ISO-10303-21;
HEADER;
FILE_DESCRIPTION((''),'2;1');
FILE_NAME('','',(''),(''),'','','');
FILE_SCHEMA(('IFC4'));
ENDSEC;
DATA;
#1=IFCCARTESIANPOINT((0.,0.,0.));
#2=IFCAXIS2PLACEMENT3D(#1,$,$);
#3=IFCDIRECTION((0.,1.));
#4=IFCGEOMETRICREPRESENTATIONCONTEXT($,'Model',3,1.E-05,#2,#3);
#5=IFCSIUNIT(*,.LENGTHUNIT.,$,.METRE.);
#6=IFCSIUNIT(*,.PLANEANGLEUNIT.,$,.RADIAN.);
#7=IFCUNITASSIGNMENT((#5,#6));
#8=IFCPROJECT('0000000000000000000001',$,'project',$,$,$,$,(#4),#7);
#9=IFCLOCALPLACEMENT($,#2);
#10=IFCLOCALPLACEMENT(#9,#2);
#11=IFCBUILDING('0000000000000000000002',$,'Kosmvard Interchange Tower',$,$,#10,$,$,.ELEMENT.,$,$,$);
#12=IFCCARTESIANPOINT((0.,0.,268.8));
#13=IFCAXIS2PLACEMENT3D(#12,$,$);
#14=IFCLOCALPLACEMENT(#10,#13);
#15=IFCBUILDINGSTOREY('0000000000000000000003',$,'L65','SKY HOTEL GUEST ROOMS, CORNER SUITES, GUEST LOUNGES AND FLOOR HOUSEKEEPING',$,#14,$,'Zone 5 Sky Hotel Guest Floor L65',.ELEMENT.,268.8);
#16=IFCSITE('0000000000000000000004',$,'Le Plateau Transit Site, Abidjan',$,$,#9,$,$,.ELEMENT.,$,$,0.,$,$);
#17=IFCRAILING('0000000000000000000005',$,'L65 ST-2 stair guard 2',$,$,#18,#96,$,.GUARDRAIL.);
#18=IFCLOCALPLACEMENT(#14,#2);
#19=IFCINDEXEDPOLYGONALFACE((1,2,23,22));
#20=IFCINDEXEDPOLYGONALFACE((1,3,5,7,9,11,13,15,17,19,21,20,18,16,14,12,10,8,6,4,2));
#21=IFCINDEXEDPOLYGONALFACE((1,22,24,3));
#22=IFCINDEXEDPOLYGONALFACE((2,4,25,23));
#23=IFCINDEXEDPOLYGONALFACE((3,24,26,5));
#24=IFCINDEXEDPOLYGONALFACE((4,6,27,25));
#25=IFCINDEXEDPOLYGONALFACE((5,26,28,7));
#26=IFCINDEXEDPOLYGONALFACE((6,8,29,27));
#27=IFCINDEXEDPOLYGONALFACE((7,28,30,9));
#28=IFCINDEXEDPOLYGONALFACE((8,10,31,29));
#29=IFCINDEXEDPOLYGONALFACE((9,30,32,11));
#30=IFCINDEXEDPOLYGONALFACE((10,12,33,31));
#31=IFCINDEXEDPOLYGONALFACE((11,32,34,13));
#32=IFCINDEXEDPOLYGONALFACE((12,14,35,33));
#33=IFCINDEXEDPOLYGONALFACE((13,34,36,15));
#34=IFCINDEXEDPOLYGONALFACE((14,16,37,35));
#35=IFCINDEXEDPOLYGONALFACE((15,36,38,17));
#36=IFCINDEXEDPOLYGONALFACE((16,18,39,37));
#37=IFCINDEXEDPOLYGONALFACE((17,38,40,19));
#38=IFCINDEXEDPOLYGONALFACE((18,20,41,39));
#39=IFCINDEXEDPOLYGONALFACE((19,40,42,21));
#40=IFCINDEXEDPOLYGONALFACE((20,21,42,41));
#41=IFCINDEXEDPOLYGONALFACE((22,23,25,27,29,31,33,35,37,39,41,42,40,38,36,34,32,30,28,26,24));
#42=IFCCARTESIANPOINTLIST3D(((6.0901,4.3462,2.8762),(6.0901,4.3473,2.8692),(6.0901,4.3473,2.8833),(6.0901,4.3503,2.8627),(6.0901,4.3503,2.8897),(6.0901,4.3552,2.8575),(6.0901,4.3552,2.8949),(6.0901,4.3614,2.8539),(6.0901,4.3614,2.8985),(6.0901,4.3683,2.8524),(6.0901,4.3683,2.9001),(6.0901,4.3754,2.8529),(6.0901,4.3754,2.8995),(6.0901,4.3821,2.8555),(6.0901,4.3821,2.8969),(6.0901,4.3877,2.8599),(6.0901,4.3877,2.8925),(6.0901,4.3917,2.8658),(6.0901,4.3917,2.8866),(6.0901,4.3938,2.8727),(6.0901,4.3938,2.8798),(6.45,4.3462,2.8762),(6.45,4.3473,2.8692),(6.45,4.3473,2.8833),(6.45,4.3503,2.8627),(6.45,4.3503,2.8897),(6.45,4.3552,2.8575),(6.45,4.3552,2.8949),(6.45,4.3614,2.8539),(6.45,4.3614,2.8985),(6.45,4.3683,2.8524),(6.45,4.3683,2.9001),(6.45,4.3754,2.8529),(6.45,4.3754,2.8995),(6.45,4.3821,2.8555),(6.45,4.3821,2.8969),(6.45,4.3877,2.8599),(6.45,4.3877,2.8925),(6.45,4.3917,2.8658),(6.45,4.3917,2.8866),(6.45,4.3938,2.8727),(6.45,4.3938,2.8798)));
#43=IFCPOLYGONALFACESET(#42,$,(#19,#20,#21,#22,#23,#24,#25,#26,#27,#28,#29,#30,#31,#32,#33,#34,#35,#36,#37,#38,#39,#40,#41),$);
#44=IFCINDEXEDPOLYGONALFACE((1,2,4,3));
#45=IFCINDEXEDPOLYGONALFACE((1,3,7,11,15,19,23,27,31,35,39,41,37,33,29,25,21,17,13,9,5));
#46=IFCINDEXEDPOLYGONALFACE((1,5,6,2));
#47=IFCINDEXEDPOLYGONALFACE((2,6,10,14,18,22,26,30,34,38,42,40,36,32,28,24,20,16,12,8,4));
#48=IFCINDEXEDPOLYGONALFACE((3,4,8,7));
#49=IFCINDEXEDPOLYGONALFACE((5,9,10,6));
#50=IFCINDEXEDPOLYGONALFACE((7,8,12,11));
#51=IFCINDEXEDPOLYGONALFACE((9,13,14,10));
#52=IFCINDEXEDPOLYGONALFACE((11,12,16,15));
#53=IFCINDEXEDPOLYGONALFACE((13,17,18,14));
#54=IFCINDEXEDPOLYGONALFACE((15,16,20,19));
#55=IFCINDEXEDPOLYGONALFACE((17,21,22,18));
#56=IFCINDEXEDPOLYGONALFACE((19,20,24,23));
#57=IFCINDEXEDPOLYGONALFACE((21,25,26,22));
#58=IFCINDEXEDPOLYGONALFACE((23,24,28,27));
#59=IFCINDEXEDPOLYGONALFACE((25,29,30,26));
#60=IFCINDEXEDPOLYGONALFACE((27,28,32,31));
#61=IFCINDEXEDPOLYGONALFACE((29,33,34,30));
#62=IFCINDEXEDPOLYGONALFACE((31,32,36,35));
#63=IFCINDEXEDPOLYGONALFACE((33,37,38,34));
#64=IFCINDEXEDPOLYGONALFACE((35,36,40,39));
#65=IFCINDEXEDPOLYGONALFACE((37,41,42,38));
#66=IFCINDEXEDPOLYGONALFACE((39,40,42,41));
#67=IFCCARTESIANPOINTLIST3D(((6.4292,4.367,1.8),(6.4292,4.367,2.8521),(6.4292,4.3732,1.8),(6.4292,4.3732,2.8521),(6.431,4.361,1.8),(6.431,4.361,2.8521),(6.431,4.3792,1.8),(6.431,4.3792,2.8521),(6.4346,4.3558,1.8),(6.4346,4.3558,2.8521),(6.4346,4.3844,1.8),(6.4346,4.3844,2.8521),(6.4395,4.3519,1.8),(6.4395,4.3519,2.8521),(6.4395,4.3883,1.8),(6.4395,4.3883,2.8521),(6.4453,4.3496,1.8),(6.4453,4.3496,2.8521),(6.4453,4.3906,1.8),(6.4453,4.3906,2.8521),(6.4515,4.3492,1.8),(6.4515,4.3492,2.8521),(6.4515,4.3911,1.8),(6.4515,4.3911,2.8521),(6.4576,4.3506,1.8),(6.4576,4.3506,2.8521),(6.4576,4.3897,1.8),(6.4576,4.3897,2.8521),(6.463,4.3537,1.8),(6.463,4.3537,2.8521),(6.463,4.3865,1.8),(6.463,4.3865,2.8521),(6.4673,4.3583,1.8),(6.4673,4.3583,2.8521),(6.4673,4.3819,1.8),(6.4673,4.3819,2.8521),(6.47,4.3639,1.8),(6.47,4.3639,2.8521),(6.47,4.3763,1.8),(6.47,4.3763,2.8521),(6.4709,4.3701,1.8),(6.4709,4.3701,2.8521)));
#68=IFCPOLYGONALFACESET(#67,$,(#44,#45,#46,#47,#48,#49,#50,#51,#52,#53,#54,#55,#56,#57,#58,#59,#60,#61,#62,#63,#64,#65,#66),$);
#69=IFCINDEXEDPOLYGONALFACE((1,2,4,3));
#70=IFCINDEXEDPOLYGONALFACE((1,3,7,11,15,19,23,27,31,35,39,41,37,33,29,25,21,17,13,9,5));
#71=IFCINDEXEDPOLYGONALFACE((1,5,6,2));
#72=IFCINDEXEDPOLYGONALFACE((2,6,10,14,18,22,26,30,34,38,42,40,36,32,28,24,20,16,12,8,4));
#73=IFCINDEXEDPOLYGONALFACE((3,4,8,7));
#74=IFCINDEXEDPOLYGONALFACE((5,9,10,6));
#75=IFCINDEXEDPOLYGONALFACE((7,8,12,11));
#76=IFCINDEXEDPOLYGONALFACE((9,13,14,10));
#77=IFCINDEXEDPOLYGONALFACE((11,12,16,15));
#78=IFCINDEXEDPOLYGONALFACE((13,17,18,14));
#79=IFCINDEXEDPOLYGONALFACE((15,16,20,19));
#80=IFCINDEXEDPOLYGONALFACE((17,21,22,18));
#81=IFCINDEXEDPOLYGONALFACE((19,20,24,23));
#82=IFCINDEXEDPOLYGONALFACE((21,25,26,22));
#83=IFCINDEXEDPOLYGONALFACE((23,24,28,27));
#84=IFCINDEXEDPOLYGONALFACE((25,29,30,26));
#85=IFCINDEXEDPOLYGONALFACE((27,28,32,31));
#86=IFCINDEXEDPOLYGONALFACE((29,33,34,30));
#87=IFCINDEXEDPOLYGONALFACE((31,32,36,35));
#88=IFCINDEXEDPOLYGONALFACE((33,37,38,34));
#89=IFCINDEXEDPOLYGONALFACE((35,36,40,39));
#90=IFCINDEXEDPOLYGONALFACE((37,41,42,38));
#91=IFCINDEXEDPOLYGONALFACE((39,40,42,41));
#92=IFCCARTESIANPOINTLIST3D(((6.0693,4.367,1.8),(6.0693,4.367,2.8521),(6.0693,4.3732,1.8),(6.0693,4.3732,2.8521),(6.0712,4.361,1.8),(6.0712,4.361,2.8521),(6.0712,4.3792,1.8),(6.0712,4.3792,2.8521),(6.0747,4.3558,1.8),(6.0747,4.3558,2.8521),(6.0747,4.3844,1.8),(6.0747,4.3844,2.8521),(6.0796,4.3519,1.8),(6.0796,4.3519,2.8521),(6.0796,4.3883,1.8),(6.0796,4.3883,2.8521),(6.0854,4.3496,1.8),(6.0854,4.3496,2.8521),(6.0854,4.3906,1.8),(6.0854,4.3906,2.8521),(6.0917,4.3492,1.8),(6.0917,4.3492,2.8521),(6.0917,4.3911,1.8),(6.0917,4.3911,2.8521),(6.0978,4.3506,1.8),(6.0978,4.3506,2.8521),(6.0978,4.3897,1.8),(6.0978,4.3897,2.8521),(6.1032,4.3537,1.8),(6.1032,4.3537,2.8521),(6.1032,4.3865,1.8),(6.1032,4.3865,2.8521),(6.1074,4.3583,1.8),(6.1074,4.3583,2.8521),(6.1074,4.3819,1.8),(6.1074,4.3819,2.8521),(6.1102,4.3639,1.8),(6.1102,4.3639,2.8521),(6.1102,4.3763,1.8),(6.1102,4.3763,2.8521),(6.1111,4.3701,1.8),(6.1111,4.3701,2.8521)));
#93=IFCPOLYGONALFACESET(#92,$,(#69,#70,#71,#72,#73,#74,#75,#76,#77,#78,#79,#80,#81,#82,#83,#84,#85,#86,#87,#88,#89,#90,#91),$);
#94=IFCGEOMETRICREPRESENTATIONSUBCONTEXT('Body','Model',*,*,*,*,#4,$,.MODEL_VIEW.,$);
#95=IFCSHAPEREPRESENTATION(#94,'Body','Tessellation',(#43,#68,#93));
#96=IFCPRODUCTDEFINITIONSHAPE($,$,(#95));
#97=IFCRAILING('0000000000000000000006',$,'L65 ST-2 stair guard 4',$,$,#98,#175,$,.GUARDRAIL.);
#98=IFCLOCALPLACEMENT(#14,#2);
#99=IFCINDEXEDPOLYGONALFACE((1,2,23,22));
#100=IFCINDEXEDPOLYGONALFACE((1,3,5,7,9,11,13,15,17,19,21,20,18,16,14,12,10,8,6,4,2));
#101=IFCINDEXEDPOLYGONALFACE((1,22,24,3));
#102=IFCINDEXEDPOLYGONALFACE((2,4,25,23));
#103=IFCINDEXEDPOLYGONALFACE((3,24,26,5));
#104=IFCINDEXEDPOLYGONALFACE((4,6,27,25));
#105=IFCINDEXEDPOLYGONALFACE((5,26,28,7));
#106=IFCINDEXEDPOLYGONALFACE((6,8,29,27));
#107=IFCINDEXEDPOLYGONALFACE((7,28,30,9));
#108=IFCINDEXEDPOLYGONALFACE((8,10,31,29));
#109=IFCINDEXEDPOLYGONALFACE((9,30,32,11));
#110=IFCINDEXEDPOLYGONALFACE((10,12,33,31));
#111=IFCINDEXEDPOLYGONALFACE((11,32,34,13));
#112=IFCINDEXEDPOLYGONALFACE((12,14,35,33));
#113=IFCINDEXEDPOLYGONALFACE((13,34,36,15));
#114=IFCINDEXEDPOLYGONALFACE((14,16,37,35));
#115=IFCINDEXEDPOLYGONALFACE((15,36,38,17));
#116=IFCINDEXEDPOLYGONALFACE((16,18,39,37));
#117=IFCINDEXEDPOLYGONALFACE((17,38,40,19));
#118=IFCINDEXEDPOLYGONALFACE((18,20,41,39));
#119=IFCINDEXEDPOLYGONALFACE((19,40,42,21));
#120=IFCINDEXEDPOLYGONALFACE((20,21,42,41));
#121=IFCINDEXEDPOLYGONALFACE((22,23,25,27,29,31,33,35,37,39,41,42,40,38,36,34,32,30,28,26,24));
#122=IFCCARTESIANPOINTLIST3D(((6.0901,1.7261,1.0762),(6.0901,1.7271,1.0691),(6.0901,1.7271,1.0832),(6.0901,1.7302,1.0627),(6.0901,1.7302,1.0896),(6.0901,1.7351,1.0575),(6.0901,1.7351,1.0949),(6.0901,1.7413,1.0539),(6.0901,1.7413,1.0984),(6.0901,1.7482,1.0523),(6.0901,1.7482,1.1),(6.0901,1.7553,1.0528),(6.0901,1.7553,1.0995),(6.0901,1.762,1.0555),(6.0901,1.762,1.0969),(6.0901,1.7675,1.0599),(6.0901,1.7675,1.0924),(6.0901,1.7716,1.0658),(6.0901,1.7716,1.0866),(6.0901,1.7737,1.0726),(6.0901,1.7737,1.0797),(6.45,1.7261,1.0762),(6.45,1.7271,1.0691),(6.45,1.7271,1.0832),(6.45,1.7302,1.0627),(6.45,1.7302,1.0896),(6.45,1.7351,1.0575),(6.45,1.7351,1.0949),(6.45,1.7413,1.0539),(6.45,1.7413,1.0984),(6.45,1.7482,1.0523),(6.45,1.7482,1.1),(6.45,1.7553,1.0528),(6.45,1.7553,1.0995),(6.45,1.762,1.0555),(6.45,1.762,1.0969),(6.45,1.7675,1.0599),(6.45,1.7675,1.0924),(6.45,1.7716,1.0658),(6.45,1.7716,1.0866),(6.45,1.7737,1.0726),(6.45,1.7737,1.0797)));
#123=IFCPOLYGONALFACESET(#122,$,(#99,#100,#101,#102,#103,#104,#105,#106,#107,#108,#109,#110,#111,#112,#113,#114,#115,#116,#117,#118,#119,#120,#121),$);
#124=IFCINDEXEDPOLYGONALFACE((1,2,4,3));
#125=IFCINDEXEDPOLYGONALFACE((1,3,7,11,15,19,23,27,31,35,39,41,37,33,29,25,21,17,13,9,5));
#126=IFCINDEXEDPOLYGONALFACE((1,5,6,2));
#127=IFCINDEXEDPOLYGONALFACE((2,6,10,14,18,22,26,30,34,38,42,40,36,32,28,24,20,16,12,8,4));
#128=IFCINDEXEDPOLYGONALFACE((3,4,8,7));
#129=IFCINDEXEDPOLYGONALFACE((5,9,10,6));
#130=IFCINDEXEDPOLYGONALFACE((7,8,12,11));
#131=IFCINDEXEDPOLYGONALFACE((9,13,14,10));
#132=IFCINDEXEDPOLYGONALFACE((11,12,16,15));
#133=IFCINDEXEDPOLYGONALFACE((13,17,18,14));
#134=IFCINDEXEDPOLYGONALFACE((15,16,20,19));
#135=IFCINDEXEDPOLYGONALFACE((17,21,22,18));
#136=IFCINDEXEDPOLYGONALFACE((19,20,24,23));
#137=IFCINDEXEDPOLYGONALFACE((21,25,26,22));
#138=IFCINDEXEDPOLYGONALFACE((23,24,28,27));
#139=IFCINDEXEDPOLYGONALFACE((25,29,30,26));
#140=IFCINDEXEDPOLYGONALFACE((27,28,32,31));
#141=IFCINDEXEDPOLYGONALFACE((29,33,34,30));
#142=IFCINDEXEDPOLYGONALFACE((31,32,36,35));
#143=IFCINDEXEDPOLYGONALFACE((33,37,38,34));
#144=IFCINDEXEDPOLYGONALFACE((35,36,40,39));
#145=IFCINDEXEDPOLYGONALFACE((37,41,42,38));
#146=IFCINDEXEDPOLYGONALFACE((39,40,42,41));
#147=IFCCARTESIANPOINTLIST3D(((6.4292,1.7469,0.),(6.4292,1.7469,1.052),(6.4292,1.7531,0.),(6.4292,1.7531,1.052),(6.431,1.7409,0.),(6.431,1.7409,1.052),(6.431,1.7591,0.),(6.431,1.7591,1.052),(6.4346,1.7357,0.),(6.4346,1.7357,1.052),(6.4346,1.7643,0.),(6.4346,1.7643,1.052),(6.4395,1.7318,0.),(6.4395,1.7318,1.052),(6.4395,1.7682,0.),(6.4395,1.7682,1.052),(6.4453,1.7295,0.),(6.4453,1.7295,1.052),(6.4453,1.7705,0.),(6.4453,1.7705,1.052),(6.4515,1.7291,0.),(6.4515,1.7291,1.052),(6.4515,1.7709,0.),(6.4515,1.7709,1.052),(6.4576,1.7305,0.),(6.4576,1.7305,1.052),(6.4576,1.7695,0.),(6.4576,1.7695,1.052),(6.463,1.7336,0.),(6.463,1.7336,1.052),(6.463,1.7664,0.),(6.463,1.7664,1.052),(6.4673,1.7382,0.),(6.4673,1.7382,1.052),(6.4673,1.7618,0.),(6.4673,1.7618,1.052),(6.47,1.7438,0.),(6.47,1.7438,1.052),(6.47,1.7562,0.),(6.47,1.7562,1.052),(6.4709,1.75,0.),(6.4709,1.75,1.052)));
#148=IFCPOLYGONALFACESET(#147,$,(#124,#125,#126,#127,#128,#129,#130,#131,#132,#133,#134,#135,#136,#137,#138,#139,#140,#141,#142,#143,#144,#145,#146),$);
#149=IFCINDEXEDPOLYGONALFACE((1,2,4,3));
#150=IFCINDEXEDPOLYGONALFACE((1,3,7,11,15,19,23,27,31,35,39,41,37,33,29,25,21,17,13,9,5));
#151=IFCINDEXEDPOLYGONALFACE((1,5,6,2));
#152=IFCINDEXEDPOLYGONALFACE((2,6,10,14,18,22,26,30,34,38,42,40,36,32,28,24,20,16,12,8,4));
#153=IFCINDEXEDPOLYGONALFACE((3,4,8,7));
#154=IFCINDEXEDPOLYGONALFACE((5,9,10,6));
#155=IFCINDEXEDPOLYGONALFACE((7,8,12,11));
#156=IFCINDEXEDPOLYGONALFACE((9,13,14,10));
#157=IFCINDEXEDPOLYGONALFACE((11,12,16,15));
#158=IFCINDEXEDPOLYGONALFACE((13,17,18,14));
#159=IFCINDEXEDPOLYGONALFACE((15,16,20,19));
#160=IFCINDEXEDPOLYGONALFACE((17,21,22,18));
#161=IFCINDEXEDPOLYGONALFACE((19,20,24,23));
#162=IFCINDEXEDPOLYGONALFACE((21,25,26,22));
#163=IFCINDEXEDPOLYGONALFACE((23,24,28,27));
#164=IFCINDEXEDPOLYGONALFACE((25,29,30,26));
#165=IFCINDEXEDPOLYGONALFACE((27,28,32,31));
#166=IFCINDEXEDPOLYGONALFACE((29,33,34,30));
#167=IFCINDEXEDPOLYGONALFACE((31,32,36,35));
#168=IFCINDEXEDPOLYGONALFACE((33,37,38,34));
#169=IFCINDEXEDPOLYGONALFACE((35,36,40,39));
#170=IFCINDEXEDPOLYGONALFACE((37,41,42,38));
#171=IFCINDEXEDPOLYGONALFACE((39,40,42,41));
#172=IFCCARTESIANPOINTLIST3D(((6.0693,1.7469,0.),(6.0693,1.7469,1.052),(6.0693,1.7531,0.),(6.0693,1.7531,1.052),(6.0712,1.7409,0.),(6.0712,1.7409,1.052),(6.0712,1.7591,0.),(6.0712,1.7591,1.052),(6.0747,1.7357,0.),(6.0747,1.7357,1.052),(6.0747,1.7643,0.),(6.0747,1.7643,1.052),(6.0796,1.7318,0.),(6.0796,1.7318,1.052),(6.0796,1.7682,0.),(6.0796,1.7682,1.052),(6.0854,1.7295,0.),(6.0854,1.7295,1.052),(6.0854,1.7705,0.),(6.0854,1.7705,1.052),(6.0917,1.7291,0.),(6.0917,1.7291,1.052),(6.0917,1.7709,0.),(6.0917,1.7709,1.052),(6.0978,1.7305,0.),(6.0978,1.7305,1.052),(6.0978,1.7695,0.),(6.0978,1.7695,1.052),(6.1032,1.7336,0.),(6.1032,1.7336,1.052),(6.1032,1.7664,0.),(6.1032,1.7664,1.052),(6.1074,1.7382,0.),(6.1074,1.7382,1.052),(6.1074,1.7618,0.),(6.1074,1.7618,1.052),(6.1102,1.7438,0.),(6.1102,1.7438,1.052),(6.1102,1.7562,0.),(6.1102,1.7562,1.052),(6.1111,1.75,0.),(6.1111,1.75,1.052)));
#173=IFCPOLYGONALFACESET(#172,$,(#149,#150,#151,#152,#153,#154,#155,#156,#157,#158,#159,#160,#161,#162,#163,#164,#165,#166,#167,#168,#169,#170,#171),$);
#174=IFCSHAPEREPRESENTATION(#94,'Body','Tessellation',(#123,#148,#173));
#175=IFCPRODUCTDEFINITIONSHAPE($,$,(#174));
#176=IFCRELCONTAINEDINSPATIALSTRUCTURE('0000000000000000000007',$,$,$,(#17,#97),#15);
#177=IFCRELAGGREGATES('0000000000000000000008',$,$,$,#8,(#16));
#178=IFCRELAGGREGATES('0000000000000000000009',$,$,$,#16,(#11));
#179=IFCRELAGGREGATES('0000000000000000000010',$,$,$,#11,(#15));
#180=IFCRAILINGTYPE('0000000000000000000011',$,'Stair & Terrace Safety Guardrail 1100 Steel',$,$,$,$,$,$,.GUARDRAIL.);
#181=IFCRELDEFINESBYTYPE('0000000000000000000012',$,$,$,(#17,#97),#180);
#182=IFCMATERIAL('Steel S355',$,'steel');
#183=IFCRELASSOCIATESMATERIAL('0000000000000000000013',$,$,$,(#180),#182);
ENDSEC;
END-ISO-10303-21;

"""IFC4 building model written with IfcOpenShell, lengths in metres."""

from ifc_helpers import new_model, si_unit, direction, frame, origin, origin_2d, place, context, subcontext, project, spatial, circle, extrude, source, transform, mapped, material, type_object, element, save


model = new_model("IFC4")

# Units and contexts
model_context = context("Model", 3, precision=1e-05, world=origin(), true_north=direction((0.0, 1.0)))
body_context = subcontext(model_context, "Body", "Model", "MODEL_VIEW")
ifc_project = project(units=[si_unit("LENGTHUNIT", "METRE"), si_unit("PLANEANGLEUNIT", "RADIAN")], contexts=[model_context])

# Site, building, storey
site_placement = place(None, origin())
site = spatial("IfcSite", under=ifc_project, at=site_placement, Name="Le Plateau Transit Site, Abidjan", CompositionType="ELEMENT", RefElevation=0.0)
building_placement = place(site_placement, origin())
building = spatial("IfcBuilding", under=site, at=building_placement, Name="Kosmvard Interchange Tower", CompositionType="ELEMENT")
storey_placement = place(building_placement, frame((0.0, 0.0, 268.8)))
storey = spatial("IfcBuildingStorey", under=building, at=storey_placement, Name="L65", Description="SKY HOTEL GUEST ROOMS, CORNER SUITES, GUEST LOUNGES AND FLOOR HOUSEKEEPING", LongName="Zone 5 Sky Hotel Guest Floor L65", CompositionType="ELEMENT", Elevation=268.8)

# Shared definitions
ifc_material_1 = material(Name="Steel S355", Category="steel")

# Railings
railing_type_1 = type_object("IfcRailingType", Name="Stair & Terrace Safety Guardrail 1100 Steel", PredefinedType="GUARDRAIL", material=ifc_material_1)
shared_shape_1 = source(origin(), body_context, "Body", "SweptSolid", [
    extrude(circle(Radius=0.0239, at=origin_2d()), frame((0.0, 0.0, 1.0762), z_axis=(-1.0, 0.0, 0.0), x_axis=(0.0, -1.0, 0.0)), (0.0, 0.0, 1.0), 0.3599),
    extrude(circle(Radius=0.021, at=origin_2d()), origin(), (0.0, 0.0, 1.0), 1.052),
    extrude(circle(Radius=0.021, at=origin_2d()), frame((-0.3599, 0.0, 0.0)), (0.0, 0.0, 1.0), 1.052),
])
for number, where, name in (
    (1, (6.45, 4.3701, 1.8), "L65 ST-2 stair guard 2"),
    (2, (6.45, 1.75, 0.0), "L65 ST-2 stair guard 4"),
):
    element("IfcRailing", number, at=place(storey_placement, frame(where)), inside=storey, type_object=railing_type_1, Name=name, PredefinedType="GUARDRAIL", context=body_context, shape_type="MappedRepresentation", body=[
        mapped(shared_shape_1, transform((0.0, 0.0, 0.0), scale=1.0)),
    ])

save(model, "model.ifc")
